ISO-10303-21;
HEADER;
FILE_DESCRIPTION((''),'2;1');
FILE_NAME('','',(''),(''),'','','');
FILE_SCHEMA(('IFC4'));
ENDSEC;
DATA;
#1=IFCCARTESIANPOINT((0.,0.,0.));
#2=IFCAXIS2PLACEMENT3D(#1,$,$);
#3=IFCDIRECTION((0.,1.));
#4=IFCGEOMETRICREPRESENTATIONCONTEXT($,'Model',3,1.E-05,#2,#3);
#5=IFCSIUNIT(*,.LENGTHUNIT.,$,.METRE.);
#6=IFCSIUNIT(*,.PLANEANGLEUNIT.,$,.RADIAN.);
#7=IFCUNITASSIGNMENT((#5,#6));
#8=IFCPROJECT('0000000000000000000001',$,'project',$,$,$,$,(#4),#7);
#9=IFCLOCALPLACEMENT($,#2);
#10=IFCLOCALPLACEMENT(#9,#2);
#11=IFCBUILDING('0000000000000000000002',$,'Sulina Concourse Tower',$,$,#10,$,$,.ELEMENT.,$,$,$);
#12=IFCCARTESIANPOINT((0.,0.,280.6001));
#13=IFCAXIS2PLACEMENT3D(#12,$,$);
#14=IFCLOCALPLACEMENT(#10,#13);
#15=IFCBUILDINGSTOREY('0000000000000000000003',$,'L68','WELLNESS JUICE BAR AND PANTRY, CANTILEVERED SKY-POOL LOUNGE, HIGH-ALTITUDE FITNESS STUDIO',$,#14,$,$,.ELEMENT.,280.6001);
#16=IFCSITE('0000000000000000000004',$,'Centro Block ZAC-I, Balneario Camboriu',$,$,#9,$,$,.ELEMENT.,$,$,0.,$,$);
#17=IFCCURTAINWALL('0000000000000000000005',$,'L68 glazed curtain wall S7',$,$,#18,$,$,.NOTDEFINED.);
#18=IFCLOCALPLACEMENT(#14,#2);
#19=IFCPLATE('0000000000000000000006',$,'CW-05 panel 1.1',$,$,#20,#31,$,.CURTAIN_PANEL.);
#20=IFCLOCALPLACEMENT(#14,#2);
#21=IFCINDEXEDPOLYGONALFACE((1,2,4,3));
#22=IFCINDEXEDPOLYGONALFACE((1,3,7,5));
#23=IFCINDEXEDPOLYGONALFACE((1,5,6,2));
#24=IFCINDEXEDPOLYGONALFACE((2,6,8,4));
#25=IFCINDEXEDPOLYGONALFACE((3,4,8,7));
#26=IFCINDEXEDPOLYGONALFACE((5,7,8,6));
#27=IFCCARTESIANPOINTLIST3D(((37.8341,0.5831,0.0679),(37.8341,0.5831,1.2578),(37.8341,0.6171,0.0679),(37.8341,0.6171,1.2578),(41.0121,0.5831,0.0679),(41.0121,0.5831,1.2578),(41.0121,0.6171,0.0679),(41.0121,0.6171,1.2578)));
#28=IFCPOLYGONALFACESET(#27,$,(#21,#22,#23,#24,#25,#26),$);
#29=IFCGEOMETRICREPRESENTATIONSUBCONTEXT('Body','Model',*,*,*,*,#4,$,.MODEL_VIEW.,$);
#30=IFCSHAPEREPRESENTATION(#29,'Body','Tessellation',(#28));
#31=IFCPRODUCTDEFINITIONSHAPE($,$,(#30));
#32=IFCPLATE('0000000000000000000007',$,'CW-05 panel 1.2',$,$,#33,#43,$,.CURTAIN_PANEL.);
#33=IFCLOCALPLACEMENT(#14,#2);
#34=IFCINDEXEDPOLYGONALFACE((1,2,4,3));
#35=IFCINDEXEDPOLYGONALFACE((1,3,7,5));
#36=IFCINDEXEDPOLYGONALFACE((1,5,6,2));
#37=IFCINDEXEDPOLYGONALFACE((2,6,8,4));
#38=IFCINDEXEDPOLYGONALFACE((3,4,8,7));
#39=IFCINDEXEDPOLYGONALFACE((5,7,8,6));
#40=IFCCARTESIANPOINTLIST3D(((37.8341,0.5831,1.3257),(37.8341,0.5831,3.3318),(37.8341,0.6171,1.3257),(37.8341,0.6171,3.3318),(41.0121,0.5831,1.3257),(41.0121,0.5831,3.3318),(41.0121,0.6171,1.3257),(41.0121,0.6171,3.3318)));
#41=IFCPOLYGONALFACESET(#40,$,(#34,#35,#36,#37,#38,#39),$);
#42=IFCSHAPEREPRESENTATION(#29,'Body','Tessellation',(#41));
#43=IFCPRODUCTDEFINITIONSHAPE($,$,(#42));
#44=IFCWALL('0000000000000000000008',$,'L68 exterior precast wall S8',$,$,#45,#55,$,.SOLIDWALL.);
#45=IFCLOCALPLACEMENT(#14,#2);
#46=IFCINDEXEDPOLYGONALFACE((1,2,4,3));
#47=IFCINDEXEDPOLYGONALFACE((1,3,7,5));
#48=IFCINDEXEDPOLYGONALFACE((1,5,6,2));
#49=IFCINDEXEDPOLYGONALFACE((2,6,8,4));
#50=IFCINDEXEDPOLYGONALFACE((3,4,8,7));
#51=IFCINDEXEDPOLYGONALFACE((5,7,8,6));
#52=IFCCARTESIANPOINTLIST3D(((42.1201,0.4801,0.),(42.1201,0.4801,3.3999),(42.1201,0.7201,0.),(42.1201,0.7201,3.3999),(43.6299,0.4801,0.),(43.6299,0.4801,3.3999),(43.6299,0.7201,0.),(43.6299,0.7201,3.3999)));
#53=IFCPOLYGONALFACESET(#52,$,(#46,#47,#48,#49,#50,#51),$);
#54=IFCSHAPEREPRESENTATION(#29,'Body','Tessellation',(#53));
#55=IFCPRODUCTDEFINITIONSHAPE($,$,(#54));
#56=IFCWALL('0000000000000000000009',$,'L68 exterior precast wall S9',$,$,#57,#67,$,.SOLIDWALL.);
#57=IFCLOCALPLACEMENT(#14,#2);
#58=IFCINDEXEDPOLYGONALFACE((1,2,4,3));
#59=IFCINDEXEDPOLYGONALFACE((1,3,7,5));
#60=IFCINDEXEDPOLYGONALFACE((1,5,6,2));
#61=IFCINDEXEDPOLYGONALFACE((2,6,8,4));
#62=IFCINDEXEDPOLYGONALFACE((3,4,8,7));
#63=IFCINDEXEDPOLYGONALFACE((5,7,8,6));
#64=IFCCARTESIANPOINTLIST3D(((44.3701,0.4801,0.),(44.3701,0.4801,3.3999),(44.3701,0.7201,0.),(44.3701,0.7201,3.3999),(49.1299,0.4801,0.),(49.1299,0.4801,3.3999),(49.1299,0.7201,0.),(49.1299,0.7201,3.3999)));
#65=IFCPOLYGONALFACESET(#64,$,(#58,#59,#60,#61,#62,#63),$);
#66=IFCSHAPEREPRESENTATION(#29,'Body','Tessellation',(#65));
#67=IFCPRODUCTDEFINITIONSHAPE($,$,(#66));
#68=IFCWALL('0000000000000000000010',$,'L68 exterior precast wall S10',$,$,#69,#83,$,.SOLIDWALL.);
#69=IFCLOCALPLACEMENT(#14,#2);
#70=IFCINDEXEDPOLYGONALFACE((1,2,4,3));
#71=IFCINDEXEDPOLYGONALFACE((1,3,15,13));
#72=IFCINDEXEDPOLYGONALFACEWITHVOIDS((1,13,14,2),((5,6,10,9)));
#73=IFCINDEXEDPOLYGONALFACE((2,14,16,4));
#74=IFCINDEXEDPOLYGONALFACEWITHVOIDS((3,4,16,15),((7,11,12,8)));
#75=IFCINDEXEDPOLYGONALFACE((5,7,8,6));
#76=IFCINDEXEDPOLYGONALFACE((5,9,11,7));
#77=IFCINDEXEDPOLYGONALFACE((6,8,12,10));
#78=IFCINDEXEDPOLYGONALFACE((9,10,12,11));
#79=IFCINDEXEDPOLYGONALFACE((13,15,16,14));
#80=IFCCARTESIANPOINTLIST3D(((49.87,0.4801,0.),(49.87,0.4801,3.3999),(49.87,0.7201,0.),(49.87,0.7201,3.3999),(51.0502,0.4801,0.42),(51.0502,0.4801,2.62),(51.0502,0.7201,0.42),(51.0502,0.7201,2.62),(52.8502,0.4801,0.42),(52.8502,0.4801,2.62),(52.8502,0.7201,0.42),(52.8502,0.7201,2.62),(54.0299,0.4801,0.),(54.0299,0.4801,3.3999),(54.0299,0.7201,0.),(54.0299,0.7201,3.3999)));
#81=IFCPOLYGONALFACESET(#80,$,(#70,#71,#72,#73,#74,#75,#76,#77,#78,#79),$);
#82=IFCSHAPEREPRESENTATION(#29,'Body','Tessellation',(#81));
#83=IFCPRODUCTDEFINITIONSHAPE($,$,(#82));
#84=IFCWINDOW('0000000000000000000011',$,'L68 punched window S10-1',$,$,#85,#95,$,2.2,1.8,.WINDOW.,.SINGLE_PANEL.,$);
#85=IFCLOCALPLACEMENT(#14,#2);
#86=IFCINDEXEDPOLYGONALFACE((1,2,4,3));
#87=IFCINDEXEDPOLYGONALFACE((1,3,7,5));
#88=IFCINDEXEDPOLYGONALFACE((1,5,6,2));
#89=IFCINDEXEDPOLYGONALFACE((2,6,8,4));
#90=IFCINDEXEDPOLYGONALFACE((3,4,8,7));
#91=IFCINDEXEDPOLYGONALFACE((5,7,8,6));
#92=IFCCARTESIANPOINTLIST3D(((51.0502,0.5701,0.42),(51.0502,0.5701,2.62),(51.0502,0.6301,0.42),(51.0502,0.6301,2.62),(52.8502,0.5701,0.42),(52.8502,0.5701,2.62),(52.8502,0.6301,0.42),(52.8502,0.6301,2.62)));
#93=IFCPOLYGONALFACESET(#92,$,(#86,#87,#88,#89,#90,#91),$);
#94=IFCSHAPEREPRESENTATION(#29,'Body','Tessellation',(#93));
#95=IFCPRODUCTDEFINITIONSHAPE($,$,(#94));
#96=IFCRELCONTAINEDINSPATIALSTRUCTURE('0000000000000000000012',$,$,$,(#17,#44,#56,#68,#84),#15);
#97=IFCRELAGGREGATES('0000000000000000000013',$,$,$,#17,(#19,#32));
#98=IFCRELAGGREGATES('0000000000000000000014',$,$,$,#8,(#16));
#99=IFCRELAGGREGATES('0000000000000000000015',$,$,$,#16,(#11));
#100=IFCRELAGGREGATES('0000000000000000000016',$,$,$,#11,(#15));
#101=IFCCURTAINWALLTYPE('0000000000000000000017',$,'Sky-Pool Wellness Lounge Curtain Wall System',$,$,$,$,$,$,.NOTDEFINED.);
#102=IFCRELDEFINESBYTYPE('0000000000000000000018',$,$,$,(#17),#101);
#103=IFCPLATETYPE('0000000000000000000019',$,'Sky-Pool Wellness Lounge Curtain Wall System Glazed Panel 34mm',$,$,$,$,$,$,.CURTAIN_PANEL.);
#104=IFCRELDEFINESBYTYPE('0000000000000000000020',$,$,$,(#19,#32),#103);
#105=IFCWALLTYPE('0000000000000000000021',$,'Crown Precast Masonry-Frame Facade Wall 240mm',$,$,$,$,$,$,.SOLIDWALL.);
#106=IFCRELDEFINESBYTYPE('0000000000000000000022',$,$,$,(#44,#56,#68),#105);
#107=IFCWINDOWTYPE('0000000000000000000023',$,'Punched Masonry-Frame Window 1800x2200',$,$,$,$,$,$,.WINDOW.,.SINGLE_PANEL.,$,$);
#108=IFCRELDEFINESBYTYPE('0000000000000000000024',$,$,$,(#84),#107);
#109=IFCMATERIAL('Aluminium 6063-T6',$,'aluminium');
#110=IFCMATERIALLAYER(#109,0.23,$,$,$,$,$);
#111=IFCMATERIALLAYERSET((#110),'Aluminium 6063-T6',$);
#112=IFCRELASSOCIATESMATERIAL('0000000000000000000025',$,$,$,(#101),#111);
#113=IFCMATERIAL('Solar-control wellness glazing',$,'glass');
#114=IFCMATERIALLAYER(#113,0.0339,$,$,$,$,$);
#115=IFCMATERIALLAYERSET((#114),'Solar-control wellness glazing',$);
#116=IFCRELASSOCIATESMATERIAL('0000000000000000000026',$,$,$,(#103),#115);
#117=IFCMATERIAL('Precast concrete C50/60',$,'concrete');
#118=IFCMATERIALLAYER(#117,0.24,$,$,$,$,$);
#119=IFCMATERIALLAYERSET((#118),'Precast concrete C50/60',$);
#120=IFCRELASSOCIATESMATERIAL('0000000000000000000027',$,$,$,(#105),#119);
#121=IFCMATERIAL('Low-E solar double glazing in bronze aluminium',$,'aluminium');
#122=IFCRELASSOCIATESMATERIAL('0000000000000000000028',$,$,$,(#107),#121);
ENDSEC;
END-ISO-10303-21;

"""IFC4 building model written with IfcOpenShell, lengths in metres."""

from ifc_helpers import new_model, si_unit, direction, frame, frame_2d, origin, origin_2d, place, context, subcontext, project, spatial, rectangle, extrude, material, layer, layer_set, type_object, element, fill, aggregate, save


model = new_model("IFC4")

# Units and contexts
model_context = context("Model", 3, precision=1e-05, world=origin(), true_north=direction((0.0, 1.0)))
body_context = subcontext(model_context, "Body", "Model", "MODEL_VIEW")
ifc_project = project(units=[si_unit("LENGTHUNIT", "METRE"), si_unit("PLANEANGLEUNIT", "RADIAN")], contexts=[model_context])

# Site, building, storey
site_placement = place(None, origin())
site = spatial("IfcSite", under=ifc_project, at=site_placement, Name="Centro Block ZAC-I, Balneario Camboriu", CompositionType="ELEMENT", RefElevation=0.0)
building_placement = place(site_placement, origin())
building = spatial("IfcBuilding", under=site, at=building_placement, Name="Sulina Concourse Tower", CompositionType="ELEMENT")
storey_placement = place(building_placement, frame((0.0, 0.0, 280.6001)))
storey = spatial("IfcBuildingStorey", under=building, at=storey_placement, Name="L68", Description="WELLNESS JUICE BAR AND PANTRY, CANTILEVERED SKY-POOL LOUNGE, HIGH-ALTITUDE FITNESS STUDIO", CompositionType="ELEMENT", Elevation=280.6001)

# Curtain wall
ifc_material_1 = material(Name="Aluminium 6063-T6", Category="aluminium")
ifc_layer_1 = layer(ifc_material_1, 0.23)
ifc_layer_set_1 = layer_set([ifc_layer_1], Name="Aluminium 6063-T6")
curtain_wall_type = type_object("IfcCurtainWallType", Name="Sky-Pool Wellness Lounge Curtain Wall System", PredefinedType="NOTDEFINED", material=ifc_layer_set_1)
curtain_wall_placement = place(storey_placement, origin())
curtain_wall = element("IfcCurtainWall", 1, at=curtain_wall_placement, inside=storey, type_object=curtain_wall_type, Name="L68 glazed curtain wall S7", PredefinedType="NOTDEFINED")

# Plates
ifc_material_2 = material(Name="Solar-control wellness glazing", Category="glass")
ifc_layer_2 = layer(ifc_material_2, 0.0339)
ifc_layer_set_2 = layer_set([ifc_layer_2], Name="Solar-control wellness glazing")
plate_type = type_object("IfcPlateType", Name="Sky-Pool Wellness Lounge Curtain Wall System Glazed Panel 34mm", PredefinedType="CURTAIN_PANEL", material=ifc_layer_set_2)
plate_1_placement = place(storey_placement, frame((39.4231, 0.6001, 0.0679), z_axis=(0.0, 0.0, 1.0), x_axis=(-1.0, 0.0, 0.0)))
plate_1 = element("IfcPlate", 2, at=plate_1_placement, type_object=plate_type, Name="CW-05 panel 1.1", PredefinedType="CURTAIN_PANEL", context=body_context, shape_type="SweptSolid", body=[
    extrude(rectangle(XDim=3.178, YDim=0.0339, at=origin_2d()), origin(), (0.0, 0.0, 1.0), 1.1899),
])
plate_2_placement = place(storey_placement, frame((39.4231, 0.6001, 1.3257), z_axis=(0.0, 0.0, 1.0), x_axis=(-1.0, 0.0, 0.0)))
plate_2 = element("IfcPlate", 3, at=plate_2_placement, type_object=plate_type, Name="CW-05 panel 1.2", PredefinedType="CURTAIN_PANEL", context=body_context, shape_type="SweptSolid", body=[
    extrude(rectangle(XDim=3.178, YDim=0.0339, at=origin_2d()), origin(), (0.0, 0.0, 1.0), 2.0061),
])
aggregate(curtain_wall, [plate_1, plate_2])

# Walls
ifc_material_3 = material(Name="Precast concrete C50/60", Category="concrete")
ifc_layer_3 = layer(ifc_material_3, 0.24)
ifc_layer_set_3 = layer_set([ifc_layer_3], Name="Precast concrete C50/60")
wall_type = type_object("IfcWallType", Name="Crown Precast Masonry-Frame Facade Wall 240mm", PredefinedType="SOLIDWALL", material=ifc_layer_set_3)
wall_1_placement = place(storey_placement, frame((43.6299, 0.6001, 0.0), z_axis=(0.0, 0.0, 1.0), x_axis=(-1.0, 0.0, 0.0)))
element("IfcWall", 4, at=wall_1_placement, inside=storey, type_object=wall_type, Name="L68 exterior precast wall S8", PredefinedType="SOLIDWALL", context=body_context, shape_type="SweptSolid", body=[
    extrude(rectangle(XDim=1.5098, YDim=0.24, at=frame_2d((0.7549, 0.0))), origin(), (0.0, 0.0, 1.0), 3.3999),
])
wall_2_placement = place(storey_placement, frame((49.1299, 0.6001, 0.0), z_axis=(0.0, 0.0, 1.0), x_axis=(-1.0, 0.0, 0.0)))
element("IfcWall", 5, at=wall_2_placement, inside=storey, type_object=wall_type, Name="L68 exterior precast wall S9", PredefinedType="SOLIDWALL", context=body_context, shape_type="SweptSolid", body=[
    extrude(rectangle(XDim=4.7598, YDim=0.24, at=frame_2d((2.3799, 0.0))), origin(), (0.0, 0.0, 1.0), 3.3999),
])

# Wall, opening, window
wall_3_placement = place(storey_placement, frame((54.03, 0.6001, 0.0), z_axis=(0.0, 0.0, 1.0), x_axis=(-1.0, 0.0, 0.0)))
wall_3 = element("IfcWall", 6, at=wall_3_placement, inside=storey, type_object=wall_type, Name="L68 exterior precast wall S10", PredefinedType="SOLIDWALL", context=body_context, shape_type="SweptSolid", body=[
    extrude(rectangle(XDim=4.1599, YDim=0.24, at=frame_2d((2.0801, 0.0))), origin(), (0.0, 0.0, 1.0), 3.3999),
])
opening_placement = place(wall_3_placement, frame((1.1799, 0.0, 0.4199)))
opening = element("IfcOpeningElement", 7, at=opening_placement, cuts=wall_3, PredefinedType="OPENING", context=body_context, shape_type="SweptSolid", body=[
    extrude(rectangle(XDim=1.8, YDim=2.2, at=frame_2d((0.8999, 1.1001))), frame((0.0, 0.1299, 0.0), z_axis=(0.0, -1.0, 0.0), x_axis=(1.0, 0.0, 0.0)), (0.0, 0.0, 1.0), 0.26),
])
ifc_material_4 = material(Name="Low-E solar double glazing in bronze aluminium", Category="aluminium")
window_type = type_object("IfcWindowType", Name="Punched Masonry-Frame Window 1800x2200", PartitioningType="SINGLE_PANEL", PredefinedType="WINDOW", material=ifc_material_4)
window_placement = place(opening_placement, origin())
window = element("IfcWindow", 8, at=window_placement, inside=storey, type_object=window_type, Name="L68 punched window S10-1", OverallHeight=2.2, OverallWidth=1.8, PartitioningType="SINGLE_PANEL", PredefinedType="WINDOW", context=body_context, shape_type="SweptSolid", body=[
    extrude(rectangle(XDim=1.8, YDim=2.2, at=frame_2d((0.8999, 1.1001))), frame((0.0, 0.03, 0.0), z_axis=(0.0, -1.0, 0.0), x_axis=(1.0, 0.0, 0.0)), (0.0, 0.0, 1.0), 0.0601),
])
fill(opening, window)

save(model, "model.ifc")
